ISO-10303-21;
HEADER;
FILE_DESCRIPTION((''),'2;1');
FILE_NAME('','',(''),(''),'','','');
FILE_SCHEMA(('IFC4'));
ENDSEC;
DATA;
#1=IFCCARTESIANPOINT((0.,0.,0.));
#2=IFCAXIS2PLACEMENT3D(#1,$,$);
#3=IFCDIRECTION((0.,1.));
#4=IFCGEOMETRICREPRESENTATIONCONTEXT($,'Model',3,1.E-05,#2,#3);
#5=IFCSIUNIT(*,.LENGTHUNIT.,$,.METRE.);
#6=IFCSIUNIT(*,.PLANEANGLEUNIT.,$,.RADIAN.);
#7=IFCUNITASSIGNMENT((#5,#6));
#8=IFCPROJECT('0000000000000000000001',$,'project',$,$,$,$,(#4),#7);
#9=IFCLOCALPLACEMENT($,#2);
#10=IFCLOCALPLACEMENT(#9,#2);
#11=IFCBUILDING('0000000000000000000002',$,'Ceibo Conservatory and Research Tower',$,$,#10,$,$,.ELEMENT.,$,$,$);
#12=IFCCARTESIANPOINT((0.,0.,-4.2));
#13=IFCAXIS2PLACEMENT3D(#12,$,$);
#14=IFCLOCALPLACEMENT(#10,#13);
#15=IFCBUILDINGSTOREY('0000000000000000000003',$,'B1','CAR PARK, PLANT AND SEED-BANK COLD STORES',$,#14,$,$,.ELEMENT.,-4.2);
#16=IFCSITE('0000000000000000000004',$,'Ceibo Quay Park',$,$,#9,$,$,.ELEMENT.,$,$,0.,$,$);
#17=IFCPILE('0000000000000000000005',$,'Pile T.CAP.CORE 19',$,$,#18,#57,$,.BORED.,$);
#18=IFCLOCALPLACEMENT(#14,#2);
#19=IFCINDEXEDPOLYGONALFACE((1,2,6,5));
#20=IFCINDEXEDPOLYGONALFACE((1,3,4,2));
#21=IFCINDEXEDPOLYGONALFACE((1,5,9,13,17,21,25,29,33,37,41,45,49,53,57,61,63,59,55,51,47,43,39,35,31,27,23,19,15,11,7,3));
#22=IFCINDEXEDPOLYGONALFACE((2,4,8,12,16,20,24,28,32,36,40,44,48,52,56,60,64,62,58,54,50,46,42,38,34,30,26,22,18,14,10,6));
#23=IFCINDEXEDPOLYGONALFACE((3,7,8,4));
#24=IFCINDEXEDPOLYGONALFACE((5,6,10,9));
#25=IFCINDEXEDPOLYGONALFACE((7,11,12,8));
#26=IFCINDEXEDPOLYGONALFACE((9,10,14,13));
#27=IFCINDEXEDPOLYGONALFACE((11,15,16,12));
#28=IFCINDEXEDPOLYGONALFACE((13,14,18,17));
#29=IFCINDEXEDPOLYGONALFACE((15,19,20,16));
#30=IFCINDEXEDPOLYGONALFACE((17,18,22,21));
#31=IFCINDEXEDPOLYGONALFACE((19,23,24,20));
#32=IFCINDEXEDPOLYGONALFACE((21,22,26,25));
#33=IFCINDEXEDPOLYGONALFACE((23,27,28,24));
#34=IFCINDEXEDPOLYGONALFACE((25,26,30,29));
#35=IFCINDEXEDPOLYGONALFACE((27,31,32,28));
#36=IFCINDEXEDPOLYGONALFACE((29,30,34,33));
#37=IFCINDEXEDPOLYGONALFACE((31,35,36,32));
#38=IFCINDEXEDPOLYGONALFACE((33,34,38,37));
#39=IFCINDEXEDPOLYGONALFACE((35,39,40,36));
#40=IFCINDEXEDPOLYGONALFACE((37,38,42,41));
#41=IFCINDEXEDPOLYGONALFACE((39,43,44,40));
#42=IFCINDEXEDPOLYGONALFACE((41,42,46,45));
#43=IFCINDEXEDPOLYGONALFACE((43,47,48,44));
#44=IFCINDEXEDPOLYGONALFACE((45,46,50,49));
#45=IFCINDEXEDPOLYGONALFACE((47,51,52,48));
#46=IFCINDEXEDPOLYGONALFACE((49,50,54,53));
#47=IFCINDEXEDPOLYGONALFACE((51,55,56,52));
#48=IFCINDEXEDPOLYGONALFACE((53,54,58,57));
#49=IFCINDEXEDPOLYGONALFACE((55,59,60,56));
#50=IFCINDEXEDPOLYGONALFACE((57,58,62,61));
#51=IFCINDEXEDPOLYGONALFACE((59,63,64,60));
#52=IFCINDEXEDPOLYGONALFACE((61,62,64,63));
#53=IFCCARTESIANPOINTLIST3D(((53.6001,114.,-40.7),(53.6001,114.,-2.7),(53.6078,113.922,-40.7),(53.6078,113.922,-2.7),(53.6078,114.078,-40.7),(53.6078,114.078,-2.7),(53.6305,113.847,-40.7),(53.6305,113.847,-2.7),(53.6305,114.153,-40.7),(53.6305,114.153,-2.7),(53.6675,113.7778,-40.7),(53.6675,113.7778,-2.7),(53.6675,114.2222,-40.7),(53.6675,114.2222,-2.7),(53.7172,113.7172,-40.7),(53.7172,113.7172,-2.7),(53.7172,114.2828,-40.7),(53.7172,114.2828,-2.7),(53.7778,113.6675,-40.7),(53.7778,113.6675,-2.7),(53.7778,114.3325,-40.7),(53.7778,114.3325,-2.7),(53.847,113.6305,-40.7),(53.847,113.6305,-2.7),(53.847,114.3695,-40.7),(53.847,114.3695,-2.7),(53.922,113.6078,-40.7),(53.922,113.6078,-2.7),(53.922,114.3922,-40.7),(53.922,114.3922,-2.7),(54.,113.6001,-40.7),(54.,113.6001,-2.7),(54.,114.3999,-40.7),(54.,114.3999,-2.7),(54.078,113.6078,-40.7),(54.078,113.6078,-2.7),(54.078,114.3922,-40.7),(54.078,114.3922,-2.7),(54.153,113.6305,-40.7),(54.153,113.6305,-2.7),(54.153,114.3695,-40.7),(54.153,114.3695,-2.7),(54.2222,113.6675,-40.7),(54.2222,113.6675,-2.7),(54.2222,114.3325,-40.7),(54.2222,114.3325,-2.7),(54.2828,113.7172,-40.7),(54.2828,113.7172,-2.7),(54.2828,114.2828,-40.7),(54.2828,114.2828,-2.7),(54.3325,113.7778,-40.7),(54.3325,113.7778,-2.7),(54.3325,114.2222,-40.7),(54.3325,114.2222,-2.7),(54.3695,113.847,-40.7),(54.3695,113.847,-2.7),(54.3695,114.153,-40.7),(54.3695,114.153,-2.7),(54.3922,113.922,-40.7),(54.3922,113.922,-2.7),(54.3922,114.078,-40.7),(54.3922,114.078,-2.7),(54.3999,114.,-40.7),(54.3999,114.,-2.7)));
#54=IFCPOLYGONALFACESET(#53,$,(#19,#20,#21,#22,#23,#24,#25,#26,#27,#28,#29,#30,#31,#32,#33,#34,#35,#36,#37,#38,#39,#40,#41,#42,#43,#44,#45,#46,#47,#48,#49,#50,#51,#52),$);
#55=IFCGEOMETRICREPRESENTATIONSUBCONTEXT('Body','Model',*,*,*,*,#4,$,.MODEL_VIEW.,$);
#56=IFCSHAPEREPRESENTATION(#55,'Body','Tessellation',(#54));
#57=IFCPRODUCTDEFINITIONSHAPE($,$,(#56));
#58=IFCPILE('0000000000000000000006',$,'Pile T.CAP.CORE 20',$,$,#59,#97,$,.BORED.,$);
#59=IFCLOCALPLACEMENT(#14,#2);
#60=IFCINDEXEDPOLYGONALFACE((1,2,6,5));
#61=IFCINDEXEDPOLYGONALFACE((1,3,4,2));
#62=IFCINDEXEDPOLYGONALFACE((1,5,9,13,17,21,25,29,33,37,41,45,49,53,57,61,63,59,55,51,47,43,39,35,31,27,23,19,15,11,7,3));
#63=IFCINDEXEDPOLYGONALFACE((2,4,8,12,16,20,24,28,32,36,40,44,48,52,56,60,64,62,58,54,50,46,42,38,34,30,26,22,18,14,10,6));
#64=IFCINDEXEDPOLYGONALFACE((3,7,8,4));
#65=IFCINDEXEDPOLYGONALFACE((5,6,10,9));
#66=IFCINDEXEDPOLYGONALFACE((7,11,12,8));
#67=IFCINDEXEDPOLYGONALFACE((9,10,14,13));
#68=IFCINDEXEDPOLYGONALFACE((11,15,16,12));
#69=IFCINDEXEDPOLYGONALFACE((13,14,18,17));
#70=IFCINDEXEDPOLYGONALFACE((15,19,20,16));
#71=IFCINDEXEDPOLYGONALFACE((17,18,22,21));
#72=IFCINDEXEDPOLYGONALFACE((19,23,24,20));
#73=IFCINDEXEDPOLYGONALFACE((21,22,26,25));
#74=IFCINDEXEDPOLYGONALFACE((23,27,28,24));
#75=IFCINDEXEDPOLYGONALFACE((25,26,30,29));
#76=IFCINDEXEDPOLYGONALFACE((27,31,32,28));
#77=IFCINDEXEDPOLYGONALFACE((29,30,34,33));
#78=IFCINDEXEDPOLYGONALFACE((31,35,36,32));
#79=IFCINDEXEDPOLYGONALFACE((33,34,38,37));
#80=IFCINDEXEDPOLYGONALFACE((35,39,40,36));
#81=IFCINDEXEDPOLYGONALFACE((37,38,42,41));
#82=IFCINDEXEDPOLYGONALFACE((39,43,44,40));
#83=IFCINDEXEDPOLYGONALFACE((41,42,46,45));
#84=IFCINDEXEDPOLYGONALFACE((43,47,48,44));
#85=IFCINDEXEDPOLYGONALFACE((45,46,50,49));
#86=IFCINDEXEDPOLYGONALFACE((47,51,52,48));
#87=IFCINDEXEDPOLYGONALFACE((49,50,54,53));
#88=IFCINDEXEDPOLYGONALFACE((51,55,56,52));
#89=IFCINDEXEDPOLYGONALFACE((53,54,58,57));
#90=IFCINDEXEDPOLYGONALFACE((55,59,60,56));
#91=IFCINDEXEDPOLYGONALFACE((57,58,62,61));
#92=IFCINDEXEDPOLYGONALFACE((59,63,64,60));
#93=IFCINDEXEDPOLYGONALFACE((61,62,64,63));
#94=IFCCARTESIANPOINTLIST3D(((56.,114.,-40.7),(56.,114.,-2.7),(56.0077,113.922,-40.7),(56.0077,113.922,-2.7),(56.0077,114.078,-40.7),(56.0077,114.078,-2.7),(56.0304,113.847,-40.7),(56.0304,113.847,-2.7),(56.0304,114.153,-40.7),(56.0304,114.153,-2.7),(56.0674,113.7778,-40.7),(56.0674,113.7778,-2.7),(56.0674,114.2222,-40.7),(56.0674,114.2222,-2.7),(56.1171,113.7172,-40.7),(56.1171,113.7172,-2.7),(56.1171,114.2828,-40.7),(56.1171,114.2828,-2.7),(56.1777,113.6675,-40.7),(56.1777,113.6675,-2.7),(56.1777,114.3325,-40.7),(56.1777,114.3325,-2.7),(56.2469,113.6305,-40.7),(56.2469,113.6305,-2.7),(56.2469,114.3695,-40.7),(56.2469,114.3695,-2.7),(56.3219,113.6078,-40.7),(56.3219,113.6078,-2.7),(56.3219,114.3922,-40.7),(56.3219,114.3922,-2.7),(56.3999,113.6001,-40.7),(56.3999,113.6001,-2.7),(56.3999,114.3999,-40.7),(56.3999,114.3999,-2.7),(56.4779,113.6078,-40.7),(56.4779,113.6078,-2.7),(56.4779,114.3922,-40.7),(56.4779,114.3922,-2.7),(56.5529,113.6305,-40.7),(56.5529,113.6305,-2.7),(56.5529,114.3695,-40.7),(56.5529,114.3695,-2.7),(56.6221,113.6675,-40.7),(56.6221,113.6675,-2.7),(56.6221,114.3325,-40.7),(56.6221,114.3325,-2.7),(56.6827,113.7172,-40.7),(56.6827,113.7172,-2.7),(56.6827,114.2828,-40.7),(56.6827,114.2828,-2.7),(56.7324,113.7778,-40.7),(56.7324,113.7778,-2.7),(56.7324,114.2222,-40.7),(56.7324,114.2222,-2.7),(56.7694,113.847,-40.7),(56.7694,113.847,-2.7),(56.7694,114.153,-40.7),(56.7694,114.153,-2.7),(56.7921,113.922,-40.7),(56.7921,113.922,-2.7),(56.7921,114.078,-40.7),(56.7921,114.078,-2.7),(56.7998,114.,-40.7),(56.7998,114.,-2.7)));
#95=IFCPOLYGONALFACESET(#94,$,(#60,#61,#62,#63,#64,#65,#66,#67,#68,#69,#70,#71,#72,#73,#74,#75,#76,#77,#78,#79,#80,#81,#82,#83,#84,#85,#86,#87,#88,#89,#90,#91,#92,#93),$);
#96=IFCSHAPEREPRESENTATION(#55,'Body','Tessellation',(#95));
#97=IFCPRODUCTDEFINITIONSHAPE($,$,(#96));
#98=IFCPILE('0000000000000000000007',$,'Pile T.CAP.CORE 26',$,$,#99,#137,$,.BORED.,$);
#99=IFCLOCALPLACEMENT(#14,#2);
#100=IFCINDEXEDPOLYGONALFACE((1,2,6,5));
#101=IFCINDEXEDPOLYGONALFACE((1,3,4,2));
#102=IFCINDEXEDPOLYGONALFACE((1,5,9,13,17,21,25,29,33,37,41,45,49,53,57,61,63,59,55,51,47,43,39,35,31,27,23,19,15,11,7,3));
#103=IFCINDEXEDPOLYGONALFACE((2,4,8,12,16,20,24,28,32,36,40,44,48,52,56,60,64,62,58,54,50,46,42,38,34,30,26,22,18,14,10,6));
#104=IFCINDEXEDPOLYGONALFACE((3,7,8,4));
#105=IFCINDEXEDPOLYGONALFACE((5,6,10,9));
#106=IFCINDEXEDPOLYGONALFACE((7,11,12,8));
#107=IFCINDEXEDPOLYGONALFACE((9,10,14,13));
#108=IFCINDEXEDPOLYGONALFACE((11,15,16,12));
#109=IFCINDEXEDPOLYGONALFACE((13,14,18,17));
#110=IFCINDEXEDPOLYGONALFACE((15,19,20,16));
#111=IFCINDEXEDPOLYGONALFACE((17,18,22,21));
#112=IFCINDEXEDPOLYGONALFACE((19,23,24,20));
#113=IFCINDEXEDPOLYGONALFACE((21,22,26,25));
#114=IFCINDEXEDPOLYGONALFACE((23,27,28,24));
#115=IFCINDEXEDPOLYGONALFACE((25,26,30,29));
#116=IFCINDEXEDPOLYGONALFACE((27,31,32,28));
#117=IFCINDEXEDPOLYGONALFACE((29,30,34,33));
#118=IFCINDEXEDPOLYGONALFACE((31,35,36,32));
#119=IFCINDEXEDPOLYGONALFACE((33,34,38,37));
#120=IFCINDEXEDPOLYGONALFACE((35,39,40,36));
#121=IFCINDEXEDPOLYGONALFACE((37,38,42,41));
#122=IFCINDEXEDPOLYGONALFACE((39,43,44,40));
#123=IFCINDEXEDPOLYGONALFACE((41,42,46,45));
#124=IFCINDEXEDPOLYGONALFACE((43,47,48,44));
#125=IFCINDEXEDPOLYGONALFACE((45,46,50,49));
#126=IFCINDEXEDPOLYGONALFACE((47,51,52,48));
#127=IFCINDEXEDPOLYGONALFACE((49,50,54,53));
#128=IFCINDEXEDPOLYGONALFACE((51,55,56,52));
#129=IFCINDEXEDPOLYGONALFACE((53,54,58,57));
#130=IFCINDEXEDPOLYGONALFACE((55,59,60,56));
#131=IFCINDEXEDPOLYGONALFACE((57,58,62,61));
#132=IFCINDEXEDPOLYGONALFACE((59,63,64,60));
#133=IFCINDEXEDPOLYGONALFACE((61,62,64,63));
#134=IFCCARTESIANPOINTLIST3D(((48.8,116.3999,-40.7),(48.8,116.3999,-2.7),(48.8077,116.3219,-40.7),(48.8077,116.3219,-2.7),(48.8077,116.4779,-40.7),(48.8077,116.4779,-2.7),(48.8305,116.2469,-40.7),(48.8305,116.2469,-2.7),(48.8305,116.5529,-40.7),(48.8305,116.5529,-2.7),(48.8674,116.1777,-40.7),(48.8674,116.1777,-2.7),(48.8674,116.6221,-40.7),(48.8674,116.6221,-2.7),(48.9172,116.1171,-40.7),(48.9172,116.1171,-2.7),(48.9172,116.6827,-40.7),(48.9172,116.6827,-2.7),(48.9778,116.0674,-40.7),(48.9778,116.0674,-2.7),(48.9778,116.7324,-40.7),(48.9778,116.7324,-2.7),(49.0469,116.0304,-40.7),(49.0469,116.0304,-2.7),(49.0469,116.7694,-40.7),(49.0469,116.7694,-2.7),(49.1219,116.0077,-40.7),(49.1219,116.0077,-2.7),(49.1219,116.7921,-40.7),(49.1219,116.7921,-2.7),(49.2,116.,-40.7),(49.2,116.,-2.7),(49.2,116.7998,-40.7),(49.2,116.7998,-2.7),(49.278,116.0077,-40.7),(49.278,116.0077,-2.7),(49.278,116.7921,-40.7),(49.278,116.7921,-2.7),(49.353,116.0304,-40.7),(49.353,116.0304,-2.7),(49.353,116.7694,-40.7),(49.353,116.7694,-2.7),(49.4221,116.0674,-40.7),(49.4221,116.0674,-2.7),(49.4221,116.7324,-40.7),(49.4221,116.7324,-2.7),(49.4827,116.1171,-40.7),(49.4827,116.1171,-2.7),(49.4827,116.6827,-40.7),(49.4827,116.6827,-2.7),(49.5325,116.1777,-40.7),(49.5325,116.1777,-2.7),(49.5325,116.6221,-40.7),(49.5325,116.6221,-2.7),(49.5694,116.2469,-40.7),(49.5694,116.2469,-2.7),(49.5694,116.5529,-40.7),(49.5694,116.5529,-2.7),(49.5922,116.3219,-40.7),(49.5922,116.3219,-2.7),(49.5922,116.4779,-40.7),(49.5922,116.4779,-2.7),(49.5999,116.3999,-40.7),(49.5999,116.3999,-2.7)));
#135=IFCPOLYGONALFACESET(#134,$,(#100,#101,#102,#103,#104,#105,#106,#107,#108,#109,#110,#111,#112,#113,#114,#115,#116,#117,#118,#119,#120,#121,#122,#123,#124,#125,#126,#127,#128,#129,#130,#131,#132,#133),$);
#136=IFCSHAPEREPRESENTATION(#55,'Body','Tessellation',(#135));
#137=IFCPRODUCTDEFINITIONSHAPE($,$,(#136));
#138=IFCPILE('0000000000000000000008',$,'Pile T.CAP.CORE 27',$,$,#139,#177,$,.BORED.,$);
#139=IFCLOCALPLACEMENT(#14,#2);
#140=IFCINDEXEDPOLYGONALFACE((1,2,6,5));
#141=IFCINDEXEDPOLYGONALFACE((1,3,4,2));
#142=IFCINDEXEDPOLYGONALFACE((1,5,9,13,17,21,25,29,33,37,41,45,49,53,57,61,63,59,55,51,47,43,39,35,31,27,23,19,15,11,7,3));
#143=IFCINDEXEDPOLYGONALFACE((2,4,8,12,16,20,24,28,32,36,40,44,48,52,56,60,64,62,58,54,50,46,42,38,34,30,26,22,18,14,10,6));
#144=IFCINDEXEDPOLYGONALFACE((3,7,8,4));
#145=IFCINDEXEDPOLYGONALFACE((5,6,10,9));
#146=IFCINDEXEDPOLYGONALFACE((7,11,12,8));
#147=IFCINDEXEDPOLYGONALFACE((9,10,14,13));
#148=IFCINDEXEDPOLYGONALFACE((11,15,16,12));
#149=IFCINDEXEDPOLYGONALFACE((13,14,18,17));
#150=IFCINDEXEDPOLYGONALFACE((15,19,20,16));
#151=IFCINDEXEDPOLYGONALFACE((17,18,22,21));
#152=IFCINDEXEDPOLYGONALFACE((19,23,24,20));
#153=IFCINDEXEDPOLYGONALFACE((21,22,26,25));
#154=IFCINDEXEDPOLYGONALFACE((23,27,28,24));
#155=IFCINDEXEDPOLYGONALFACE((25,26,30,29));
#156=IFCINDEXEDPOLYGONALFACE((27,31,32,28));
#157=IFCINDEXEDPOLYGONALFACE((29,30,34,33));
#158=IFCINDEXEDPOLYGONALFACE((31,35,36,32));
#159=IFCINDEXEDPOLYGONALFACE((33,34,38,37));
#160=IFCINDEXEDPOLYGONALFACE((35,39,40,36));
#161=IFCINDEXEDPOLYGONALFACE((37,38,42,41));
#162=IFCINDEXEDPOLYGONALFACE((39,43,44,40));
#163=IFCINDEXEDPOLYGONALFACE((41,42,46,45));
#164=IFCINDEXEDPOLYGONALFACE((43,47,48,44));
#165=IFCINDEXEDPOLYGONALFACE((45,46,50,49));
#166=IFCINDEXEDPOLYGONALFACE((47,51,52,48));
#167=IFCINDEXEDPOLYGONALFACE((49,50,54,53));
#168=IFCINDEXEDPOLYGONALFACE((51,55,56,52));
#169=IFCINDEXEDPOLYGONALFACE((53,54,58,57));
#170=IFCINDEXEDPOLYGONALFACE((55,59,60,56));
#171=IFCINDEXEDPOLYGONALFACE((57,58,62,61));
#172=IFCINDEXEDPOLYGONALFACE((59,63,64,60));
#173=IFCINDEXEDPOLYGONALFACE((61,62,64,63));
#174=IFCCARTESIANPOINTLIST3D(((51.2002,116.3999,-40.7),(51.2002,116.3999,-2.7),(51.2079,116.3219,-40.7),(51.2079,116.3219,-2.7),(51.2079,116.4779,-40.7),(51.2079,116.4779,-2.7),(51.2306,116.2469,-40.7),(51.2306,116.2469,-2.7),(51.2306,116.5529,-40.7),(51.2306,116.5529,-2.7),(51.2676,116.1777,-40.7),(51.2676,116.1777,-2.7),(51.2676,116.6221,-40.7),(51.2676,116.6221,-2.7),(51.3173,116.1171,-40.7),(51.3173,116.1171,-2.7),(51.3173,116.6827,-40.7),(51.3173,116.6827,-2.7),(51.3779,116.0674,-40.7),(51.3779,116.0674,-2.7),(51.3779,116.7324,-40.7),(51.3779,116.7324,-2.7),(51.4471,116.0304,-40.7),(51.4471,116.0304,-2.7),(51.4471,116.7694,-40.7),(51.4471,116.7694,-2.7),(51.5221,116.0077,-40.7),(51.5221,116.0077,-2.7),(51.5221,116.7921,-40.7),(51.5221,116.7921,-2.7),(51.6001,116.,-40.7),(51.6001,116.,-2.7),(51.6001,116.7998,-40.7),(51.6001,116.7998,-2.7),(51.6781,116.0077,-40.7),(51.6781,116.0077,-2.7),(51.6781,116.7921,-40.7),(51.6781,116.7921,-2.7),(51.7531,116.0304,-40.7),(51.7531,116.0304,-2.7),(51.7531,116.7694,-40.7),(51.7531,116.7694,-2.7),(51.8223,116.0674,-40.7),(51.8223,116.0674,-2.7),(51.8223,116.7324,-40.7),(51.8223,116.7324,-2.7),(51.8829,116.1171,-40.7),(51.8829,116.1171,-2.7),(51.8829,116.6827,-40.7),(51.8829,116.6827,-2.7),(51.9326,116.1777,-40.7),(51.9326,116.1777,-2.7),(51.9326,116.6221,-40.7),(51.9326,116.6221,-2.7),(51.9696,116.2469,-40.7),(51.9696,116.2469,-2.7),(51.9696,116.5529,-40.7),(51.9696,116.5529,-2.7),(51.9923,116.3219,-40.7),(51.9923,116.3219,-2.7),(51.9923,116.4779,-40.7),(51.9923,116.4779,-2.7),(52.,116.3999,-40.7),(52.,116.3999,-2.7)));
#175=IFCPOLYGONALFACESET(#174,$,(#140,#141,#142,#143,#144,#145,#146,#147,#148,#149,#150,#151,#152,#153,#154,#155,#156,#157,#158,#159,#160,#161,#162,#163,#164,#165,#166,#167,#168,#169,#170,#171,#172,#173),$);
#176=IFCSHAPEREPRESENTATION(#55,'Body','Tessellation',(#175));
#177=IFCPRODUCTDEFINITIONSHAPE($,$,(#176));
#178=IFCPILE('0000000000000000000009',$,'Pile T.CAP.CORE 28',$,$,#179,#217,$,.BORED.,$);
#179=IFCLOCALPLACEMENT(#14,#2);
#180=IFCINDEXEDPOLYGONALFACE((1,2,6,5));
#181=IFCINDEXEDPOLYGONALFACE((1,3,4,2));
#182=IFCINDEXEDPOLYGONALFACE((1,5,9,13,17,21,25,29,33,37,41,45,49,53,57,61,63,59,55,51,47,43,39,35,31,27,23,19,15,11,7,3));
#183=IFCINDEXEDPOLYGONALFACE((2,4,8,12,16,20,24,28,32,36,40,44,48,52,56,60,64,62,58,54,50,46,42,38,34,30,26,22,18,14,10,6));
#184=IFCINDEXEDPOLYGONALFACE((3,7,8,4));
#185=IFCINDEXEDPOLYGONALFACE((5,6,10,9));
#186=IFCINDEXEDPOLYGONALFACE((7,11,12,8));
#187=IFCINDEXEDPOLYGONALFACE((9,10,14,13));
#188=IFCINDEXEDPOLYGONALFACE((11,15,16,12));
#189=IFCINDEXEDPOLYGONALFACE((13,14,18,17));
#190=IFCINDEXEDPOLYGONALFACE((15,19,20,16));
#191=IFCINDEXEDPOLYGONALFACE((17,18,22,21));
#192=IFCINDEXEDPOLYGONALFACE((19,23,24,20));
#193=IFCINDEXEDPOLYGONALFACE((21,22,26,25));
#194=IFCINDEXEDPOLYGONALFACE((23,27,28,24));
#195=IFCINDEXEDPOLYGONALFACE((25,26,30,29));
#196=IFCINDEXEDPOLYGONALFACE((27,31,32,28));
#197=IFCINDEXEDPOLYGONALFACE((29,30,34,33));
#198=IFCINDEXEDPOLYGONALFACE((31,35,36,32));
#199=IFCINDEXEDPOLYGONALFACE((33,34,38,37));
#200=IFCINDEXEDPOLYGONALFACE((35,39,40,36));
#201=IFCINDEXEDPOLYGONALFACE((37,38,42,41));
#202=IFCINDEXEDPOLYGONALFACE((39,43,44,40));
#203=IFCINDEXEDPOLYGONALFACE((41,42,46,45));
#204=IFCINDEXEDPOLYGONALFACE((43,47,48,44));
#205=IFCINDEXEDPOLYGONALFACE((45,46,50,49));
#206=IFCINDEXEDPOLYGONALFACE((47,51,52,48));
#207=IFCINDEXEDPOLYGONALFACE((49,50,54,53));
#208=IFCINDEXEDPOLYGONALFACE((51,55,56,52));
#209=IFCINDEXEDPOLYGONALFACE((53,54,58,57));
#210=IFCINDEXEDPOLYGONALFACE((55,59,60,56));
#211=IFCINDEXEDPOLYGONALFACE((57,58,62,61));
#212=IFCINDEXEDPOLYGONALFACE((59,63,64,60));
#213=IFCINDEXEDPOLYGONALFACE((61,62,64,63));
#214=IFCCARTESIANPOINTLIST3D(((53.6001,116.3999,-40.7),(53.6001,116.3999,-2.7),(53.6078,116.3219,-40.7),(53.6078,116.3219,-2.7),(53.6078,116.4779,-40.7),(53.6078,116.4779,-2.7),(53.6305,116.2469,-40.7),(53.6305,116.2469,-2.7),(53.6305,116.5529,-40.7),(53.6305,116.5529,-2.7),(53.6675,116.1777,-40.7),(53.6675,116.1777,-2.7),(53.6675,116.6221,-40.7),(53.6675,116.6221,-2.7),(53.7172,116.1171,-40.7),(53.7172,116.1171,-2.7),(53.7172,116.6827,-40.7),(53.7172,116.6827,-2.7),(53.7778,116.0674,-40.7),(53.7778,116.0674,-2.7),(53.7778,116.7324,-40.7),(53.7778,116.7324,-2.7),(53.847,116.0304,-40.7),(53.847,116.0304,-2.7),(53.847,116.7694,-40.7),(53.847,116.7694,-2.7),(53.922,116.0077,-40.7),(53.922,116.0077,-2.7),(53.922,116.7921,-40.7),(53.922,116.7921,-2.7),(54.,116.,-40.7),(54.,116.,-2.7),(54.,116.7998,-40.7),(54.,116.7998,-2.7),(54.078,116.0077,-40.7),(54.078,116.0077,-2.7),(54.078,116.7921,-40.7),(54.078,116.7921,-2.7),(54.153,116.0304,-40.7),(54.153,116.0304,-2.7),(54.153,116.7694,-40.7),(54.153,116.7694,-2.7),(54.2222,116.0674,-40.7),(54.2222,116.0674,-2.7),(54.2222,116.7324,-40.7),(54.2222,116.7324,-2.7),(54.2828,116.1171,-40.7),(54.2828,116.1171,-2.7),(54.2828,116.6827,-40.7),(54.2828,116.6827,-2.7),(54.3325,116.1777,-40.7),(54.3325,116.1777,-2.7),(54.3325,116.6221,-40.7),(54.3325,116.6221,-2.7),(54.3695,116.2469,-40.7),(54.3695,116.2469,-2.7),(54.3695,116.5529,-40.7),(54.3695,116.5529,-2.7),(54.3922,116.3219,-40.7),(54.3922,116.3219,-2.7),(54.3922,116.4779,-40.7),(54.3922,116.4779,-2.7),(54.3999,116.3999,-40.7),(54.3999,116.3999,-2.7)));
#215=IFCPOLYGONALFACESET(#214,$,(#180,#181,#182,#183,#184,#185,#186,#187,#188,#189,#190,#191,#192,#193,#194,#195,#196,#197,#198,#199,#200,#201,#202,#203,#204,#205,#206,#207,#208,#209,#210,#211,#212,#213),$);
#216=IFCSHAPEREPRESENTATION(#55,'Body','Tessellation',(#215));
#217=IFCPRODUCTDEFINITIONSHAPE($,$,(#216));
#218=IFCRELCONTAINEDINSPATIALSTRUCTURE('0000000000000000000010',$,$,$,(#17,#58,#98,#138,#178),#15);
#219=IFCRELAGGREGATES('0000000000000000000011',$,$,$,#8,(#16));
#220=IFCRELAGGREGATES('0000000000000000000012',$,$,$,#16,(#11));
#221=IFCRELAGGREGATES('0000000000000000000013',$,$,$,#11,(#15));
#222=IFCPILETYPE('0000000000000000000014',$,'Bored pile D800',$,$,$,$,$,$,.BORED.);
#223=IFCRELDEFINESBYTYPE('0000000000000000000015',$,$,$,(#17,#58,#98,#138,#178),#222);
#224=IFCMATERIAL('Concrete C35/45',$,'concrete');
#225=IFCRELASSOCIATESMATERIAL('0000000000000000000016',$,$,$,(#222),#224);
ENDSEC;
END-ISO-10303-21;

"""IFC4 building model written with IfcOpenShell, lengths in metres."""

from ifc_helpers import new_model, si_unit, direction, frame, origin, origin_2d, place, context, subcontext, project, spatial, circle, extrude, material, material_profile, profile_set, type_object, element, save


model = new_model("IFC4")

# Units and contexts
model_context = context("Model", 3, precision=1e-05, world=origin(), true_north=direction((0.0, 1.0)))
body_context = subcontext(model_context, "Body", "Model", "MODEL_VIEW")
ifc_project = project(units=[si_unit("LENGTHUNIT", "METRE"), si_unit("PLANEANGLEUNIT", "RADIAN")], contexts=[model_context])

# Site, building, storey
site_placement = place(None, origin())
site = spatial("IfcSite", under=ifc_project, at=site_placement, Name="Ceibo Quay Park", CompositionType="ELEMENT", RefElevation=0.0)
building_placement = place(site_placement, origin())
building = spatial("IfcBuilding", under=site, at=building_placement, Name="Ceibo Conservatory and Research Tower", CompositionType="ELEMENT")
storey_placement = place(building_placement, frame((0.0, 0.0, -4.2)))
storey = spatial("IfcBuildingStorey", under=building, at=storey_placement, Name="B1", Description="CAR PARK, PLANT AND SEED-BANK COLD STORES", CompositionType="ELEMENT", Elevation=-4.2)

# Piles
ifc_material_1 = material(Name="Concrete C35/45", Category="concrete")
ifc_material_profile = material_profile(ifc_material_1, circle(Radius=0.3999, at=origin_2d()), Name="RC D800")
ifc_profile_set = profile_set([ifc_material_profile], Name="Concrete C35/45")
pile_type = type_object("IfcPileType", Name="Bored pile D800", PredefinedType="BORED", material=ifc_profile_set)
for number, where, z_axis, x_axis, name in (
    (1, (54.0, 114.0, -2.7), (0.0, 0.0, -1.0), (1.0, 0.0, 0.0), "Pile T.CAP.CORE 19"),
    (2, (56.3999, 114.0, -2.7), (0.0, 0.0, -1.0), (1.0, 0.0, 0.0), "Pile T.CAP.CORE 20"),
    (3, (49.2, 116.3999, -2.7), (0.0, 0.0, -1.0), (1.0, 0.0, 0.0), "Pile T.CAP.CORE 26"),
    (4, (51.6001, 116.3999, -2.7), (0.0, 0.0, -1.0), (1.0, 0.0, 0.0), "Pile T.CAP.CORE 27"),
    (5, (54.0, 116.3999, -2.7), (0.0, 0.0, -1.0), (1.0, 0.0, 0.0), "Pile T.CAP.CORE 28"),
):
    element("IfcPile", number, at=place(storey_placement, frame(where, z_axis=z_axis, x_axis=x_axis)), inside=storey, type_object=pile_type, Name=name, PredefinedType="BORED", context=body_context, shape_type="SweptSolid", body=[
        extrude(circle(Radius=0.3999, at=origin_2d()), origin(), (0.0, 0.0, 1.0), 38.0),
    ])

save(model, "model.ifc")
